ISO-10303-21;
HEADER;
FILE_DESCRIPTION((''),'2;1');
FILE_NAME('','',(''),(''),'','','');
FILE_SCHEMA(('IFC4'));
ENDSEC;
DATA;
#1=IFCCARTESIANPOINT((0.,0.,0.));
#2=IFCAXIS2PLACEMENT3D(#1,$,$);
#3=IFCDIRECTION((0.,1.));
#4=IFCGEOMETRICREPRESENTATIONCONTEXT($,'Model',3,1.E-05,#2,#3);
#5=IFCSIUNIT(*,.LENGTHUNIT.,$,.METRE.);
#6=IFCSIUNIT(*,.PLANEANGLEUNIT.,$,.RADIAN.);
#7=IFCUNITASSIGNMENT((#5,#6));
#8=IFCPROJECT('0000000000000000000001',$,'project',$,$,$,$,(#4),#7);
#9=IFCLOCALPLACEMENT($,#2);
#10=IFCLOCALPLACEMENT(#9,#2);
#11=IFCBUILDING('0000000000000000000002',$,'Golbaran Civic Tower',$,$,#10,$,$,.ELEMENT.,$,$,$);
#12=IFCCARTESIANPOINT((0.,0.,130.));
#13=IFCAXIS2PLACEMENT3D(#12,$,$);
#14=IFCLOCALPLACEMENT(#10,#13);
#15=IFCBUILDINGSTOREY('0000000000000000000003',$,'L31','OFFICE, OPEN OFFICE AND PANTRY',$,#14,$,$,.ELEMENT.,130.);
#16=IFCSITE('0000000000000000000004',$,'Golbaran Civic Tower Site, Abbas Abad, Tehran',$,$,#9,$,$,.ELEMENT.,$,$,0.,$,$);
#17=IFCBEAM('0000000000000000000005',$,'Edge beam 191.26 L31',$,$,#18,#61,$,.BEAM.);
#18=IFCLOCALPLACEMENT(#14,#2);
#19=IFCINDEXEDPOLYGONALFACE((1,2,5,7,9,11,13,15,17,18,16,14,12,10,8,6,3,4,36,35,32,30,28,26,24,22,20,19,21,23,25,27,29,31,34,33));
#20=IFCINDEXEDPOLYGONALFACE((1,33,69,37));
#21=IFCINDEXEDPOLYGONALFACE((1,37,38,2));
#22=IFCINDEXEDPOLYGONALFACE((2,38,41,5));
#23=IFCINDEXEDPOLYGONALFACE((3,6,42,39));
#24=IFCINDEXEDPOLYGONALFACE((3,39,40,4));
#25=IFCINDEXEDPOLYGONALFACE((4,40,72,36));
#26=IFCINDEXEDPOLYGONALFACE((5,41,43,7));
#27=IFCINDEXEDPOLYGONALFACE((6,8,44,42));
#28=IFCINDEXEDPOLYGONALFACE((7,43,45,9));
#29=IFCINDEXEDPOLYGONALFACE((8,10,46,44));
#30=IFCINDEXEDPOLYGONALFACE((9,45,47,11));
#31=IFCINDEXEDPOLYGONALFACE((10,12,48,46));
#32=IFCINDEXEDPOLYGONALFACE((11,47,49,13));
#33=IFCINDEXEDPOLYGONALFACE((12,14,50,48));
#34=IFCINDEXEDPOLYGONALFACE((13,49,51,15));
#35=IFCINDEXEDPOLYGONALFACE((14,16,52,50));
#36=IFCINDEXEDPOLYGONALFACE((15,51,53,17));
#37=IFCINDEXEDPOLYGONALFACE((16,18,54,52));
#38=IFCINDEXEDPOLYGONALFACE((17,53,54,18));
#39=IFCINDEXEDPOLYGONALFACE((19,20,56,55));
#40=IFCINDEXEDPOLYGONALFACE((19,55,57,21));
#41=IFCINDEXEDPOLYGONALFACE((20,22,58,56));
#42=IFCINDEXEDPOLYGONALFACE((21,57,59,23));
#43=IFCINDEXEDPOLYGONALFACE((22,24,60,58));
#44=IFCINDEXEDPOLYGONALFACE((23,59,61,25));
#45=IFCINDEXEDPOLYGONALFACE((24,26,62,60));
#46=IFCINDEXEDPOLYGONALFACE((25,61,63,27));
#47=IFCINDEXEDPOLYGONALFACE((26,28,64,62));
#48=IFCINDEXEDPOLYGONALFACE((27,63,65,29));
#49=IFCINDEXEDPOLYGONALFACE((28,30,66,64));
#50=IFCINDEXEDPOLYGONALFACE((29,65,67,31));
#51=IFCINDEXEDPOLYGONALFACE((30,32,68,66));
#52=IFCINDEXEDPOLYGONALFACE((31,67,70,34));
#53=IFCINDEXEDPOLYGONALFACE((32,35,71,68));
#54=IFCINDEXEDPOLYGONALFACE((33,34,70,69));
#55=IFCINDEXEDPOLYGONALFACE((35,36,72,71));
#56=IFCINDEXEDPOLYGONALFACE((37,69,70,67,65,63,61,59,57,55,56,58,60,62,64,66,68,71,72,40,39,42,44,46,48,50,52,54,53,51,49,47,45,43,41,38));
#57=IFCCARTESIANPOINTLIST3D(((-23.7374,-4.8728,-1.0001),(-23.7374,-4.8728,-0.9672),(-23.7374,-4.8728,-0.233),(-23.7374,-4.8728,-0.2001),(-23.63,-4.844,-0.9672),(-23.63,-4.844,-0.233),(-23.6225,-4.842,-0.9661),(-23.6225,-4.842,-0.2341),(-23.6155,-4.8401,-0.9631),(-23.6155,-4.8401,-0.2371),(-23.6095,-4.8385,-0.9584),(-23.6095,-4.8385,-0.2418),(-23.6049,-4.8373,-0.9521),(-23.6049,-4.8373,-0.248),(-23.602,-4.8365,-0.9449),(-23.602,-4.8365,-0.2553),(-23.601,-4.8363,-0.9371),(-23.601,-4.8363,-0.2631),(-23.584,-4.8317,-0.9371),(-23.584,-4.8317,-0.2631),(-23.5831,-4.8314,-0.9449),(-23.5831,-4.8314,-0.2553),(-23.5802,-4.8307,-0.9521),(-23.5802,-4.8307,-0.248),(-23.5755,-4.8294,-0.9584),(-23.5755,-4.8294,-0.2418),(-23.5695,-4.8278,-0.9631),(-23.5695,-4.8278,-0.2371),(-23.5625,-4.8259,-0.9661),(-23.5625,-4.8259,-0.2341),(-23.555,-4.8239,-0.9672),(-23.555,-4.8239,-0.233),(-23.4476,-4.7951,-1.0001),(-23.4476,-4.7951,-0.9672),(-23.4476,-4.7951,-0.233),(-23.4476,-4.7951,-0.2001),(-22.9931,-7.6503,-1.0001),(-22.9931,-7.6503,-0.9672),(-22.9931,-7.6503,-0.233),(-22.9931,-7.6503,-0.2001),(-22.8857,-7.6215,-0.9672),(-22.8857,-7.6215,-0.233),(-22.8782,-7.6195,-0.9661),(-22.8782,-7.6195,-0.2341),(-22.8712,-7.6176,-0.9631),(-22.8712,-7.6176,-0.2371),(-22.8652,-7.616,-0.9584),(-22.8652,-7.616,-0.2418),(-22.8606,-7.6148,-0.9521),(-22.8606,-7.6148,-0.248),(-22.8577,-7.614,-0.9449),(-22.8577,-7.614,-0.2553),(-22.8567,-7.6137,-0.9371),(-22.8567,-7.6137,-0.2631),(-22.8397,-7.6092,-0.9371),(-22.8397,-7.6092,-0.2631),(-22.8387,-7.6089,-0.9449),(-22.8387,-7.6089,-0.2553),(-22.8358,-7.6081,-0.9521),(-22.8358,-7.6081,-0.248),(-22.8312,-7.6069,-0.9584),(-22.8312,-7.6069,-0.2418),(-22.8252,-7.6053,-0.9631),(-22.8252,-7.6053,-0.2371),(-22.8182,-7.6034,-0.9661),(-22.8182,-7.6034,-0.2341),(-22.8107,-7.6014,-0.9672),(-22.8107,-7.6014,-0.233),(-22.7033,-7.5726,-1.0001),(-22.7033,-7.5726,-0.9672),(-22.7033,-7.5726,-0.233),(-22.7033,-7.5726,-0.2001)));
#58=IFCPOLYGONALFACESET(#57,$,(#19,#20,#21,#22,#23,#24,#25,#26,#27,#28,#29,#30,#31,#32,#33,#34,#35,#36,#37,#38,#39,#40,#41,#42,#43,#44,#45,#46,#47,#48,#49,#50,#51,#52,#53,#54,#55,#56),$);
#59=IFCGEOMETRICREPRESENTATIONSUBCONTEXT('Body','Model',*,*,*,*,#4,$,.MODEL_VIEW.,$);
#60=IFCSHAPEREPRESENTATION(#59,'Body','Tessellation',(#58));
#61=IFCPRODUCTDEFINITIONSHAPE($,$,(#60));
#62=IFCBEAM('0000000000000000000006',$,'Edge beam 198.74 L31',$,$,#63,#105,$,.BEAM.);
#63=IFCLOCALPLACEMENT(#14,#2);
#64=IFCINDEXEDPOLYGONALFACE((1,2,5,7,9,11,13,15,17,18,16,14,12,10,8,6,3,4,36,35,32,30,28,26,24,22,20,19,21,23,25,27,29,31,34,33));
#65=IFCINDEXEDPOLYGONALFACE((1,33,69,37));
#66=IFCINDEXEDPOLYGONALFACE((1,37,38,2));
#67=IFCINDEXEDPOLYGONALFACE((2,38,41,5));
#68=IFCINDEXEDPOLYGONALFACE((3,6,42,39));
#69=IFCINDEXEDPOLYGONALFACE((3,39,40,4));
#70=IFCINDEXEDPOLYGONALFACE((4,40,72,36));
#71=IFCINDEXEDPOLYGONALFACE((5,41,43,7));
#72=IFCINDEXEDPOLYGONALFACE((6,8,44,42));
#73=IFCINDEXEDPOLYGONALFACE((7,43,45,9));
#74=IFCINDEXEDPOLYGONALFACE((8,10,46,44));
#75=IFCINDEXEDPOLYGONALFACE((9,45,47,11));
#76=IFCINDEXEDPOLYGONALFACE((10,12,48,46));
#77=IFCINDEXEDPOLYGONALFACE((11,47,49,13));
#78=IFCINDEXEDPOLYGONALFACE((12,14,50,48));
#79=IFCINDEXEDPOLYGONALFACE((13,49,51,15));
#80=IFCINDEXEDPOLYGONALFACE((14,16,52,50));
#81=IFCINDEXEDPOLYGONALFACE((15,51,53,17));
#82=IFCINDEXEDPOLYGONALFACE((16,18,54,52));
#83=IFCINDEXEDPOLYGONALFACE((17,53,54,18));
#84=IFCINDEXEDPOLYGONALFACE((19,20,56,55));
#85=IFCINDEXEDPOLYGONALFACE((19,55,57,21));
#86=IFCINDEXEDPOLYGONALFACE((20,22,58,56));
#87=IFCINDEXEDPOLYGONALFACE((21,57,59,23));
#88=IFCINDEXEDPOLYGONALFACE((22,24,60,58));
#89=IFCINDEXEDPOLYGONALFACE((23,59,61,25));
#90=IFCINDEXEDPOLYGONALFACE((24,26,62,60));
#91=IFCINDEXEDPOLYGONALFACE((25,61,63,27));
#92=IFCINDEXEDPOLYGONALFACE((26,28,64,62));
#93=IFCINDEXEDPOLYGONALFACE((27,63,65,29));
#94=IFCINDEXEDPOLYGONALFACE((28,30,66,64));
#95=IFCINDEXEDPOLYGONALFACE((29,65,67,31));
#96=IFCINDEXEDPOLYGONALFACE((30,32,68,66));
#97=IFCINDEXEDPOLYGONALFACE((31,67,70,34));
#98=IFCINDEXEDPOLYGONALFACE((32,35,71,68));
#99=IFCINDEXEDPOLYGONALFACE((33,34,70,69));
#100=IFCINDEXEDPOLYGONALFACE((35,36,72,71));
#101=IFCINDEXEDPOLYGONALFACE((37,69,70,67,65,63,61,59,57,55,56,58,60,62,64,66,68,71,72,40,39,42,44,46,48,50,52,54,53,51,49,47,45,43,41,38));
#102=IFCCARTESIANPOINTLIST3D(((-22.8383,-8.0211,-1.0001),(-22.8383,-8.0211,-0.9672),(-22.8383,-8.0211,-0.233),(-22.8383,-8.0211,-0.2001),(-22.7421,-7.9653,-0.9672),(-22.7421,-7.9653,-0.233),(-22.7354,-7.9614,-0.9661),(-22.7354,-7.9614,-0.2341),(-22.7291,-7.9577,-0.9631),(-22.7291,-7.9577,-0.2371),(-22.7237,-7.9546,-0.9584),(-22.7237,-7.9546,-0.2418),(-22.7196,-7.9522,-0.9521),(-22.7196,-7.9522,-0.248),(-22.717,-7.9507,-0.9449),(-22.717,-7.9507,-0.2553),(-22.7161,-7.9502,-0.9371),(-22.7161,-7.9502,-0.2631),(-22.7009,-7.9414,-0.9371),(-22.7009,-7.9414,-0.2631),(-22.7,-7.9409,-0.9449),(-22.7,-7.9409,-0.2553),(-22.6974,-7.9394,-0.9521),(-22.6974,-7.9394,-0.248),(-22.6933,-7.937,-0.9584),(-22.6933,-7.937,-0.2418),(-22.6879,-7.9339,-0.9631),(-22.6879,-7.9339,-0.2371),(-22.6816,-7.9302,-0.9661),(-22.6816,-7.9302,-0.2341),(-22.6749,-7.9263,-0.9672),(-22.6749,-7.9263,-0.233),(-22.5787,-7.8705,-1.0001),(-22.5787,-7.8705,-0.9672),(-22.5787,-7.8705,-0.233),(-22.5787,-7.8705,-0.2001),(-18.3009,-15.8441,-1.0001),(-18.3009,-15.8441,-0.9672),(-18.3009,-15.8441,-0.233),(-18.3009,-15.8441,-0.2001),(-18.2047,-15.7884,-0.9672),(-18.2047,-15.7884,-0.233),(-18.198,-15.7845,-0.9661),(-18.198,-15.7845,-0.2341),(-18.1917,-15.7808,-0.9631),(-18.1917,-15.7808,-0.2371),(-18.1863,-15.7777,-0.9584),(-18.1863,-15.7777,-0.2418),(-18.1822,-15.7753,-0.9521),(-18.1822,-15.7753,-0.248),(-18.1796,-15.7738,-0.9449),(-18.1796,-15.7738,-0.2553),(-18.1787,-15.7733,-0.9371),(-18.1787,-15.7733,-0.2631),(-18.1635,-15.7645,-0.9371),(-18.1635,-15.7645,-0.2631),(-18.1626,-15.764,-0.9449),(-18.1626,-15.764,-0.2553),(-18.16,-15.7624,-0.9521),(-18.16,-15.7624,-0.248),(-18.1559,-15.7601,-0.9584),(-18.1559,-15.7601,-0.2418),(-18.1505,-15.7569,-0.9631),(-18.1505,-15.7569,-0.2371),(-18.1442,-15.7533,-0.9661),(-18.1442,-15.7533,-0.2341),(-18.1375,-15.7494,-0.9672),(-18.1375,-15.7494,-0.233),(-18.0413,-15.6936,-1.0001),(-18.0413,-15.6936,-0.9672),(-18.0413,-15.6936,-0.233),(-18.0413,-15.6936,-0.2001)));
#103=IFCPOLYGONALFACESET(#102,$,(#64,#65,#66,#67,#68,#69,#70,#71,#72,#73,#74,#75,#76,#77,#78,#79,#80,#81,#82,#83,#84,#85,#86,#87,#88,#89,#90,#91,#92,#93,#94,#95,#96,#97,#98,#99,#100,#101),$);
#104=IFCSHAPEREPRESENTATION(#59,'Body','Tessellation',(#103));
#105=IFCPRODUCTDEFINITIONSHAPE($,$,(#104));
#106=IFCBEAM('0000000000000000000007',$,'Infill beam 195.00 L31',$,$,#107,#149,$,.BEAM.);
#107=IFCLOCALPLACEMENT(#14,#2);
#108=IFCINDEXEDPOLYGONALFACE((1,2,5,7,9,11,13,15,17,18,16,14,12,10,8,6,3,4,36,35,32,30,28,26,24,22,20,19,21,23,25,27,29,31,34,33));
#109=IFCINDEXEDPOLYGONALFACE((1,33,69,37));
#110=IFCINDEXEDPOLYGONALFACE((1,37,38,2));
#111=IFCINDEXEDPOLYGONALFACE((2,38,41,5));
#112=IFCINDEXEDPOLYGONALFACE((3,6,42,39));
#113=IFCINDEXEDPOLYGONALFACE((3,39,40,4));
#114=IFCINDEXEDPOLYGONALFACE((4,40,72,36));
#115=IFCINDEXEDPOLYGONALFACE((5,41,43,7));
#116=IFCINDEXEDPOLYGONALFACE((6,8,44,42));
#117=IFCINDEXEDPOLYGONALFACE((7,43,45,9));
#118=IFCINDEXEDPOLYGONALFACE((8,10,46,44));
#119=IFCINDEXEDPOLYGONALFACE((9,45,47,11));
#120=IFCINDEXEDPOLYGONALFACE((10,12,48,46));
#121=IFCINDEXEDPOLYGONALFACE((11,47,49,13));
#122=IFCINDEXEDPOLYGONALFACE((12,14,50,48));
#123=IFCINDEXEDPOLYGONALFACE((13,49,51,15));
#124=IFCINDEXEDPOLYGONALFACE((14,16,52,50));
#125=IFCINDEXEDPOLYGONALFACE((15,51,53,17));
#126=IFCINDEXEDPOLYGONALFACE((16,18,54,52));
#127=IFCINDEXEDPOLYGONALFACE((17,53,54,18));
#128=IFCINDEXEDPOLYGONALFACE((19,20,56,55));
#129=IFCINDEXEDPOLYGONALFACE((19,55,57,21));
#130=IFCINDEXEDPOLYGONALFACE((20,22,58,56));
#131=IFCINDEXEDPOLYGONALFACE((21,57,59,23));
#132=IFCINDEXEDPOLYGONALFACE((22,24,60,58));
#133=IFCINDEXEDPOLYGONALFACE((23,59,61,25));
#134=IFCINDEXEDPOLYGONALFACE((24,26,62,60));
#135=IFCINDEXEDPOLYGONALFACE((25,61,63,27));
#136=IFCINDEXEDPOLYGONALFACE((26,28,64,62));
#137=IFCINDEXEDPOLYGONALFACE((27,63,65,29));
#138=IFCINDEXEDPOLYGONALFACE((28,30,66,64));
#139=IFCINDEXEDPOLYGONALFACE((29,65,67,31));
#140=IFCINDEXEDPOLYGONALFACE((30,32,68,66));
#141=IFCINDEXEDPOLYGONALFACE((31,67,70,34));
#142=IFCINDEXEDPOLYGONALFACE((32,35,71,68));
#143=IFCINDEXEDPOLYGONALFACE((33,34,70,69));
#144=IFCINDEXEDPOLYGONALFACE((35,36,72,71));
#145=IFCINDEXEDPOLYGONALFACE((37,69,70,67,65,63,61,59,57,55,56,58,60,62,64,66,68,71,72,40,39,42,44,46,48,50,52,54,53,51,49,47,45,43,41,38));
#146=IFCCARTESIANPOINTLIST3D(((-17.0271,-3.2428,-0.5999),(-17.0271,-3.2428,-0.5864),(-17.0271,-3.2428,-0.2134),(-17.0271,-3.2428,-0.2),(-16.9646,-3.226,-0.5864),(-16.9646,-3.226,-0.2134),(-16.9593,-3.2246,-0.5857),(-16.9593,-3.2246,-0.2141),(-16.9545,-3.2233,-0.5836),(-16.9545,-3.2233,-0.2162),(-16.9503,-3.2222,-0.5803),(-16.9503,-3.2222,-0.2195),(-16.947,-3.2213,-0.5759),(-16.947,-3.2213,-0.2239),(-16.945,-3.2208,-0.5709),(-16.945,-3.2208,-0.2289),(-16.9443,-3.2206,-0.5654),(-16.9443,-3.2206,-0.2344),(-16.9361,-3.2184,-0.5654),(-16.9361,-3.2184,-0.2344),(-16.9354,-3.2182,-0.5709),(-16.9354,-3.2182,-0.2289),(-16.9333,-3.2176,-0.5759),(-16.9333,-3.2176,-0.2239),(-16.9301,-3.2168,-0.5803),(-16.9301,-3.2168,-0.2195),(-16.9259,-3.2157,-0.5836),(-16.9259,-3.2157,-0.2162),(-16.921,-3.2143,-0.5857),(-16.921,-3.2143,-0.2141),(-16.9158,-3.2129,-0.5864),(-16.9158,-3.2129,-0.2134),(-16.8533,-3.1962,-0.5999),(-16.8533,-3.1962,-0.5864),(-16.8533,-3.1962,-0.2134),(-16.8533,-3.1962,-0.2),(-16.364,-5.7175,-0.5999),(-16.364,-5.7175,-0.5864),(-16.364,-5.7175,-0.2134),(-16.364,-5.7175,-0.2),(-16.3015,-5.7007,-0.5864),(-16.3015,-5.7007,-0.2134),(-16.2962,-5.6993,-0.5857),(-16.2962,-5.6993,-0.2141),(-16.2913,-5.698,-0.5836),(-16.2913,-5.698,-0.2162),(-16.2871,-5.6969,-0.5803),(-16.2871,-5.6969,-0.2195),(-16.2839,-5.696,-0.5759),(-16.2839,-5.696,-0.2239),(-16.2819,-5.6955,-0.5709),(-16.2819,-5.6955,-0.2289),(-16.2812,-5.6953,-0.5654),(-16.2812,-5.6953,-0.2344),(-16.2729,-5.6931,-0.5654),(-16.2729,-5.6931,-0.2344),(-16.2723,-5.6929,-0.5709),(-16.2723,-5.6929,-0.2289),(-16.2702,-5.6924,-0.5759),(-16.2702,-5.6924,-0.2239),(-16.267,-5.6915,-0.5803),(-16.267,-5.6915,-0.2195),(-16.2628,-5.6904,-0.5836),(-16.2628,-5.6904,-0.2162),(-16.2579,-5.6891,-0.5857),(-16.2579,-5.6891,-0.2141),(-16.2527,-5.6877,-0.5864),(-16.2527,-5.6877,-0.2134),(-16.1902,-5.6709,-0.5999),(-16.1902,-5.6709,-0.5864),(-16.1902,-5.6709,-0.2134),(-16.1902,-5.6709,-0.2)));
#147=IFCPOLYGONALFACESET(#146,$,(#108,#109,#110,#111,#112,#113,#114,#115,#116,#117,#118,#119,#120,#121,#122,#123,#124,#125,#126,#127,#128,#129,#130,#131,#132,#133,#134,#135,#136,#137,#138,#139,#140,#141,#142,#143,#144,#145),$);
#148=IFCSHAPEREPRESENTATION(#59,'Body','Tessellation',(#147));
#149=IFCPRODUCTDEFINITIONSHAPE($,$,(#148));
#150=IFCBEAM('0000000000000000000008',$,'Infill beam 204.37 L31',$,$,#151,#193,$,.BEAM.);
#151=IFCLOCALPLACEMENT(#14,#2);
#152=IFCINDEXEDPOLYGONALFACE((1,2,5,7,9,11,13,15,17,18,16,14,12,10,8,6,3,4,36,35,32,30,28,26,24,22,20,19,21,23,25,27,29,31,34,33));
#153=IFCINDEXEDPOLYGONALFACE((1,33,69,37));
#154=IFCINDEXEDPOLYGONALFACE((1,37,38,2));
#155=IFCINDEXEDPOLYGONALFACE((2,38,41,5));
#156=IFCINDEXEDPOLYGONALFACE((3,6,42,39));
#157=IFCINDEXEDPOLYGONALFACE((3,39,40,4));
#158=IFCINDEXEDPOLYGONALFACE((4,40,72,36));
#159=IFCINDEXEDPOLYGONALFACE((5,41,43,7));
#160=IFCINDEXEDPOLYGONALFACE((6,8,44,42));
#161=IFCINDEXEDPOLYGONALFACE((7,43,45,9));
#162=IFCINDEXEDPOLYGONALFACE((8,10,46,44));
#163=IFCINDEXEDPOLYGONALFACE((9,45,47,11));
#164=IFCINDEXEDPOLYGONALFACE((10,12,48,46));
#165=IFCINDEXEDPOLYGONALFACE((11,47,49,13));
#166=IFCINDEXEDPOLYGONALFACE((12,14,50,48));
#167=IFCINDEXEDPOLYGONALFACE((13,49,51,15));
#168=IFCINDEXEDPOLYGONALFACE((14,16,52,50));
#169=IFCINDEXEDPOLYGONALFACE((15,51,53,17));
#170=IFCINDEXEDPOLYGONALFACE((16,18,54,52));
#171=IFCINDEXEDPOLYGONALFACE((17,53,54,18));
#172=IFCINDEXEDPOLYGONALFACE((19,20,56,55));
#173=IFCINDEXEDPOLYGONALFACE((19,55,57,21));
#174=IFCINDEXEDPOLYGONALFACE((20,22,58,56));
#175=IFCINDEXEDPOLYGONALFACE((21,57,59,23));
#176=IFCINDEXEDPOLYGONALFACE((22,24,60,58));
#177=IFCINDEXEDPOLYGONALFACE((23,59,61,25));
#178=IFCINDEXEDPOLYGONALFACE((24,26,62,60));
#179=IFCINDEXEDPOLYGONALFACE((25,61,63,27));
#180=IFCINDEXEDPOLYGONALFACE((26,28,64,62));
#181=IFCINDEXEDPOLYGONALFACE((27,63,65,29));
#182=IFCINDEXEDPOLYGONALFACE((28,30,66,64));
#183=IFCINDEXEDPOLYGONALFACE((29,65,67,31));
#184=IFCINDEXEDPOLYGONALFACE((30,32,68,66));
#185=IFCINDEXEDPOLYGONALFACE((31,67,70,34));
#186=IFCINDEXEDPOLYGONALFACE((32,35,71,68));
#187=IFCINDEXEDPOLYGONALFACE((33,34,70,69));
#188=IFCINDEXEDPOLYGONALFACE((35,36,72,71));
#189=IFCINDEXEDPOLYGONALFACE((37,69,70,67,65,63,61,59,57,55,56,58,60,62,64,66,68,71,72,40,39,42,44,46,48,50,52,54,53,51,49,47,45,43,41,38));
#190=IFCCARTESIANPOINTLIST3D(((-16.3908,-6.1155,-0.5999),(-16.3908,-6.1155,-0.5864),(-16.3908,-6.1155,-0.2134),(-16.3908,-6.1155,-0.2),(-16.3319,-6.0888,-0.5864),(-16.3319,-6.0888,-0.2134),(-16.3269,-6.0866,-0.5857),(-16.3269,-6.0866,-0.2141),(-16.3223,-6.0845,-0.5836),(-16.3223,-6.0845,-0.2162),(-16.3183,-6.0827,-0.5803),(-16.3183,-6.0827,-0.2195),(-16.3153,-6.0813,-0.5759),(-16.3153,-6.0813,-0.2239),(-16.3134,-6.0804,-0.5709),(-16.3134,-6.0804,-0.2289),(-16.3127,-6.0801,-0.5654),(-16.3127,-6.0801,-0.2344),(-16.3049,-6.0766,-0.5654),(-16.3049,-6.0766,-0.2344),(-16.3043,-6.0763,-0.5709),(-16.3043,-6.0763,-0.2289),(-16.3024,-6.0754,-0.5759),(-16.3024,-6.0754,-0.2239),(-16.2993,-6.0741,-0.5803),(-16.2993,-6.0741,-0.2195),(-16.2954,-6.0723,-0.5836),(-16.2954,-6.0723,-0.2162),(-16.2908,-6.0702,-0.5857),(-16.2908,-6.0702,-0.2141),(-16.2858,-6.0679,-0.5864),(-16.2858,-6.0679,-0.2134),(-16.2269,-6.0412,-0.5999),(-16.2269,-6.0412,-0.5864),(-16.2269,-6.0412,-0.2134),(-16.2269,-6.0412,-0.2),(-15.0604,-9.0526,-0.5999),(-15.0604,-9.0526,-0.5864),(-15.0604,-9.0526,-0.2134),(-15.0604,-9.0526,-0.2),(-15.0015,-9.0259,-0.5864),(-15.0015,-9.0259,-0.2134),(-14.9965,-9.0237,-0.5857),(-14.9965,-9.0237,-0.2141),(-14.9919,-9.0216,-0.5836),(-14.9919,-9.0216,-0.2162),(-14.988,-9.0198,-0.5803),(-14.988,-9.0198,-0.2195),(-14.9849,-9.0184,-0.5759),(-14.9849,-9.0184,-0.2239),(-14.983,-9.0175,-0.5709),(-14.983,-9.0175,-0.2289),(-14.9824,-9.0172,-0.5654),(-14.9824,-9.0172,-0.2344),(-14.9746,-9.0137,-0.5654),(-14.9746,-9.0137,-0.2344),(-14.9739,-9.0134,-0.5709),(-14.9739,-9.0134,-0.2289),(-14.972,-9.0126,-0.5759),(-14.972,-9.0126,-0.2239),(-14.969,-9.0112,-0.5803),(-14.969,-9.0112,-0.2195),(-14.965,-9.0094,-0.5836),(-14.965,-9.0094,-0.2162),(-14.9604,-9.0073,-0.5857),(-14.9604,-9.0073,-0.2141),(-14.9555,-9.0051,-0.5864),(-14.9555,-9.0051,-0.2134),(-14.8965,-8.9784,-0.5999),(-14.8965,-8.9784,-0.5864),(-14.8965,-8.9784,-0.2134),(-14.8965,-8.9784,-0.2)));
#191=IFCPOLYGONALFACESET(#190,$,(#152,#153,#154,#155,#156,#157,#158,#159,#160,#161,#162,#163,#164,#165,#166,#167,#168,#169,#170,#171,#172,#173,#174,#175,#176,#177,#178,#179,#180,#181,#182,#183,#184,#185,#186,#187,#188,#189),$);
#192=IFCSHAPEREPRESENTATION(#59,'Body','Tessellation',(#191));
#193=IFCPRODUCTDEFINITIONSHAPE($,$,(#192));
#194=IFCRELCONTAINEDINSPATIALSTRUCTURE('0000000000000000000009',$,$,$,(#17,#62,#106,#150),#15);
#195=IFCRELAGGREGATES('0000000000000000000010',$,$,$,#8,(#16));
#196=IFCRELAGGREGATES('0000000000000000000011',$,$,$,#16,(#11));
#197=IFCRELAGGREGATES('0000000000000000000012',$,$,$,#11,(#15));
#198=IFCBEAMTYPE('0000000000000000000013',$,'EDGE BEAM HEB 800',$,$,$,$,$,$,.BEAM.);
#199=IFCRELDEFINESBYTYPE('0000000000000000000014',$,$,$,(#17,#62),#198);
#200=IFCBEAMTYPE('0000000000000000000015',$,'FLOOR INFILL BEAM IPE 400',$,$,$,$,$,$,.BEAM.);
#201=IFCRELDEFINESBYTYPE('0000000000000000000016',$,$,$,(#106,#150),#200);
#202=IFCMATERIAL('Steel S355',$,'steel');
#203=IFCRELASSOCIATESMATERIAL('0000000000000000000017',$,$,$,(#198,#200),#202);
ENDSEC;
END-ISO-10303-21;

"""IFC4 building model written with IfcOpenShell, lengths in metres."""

from ifc_helpers import new_model, si_unit, direction, frame, origin, origin_2d, place, context, subcontext, project, spatial, i_section, extrude, material, material_profile, profile_set, type_object, element, save


model = new_model("IFC4")

# Units and contexts
model_context = context("Model", 3, precision=1e-05, world=origin(), true_north=direction((0.0, 1.0)))
body_context = subcontext(model_context, "Body", "Model", "MODEL_VIEW")
ifc_project = project(units=[si_unit("LENGTHUNIT", "METRE"), si_unit("PLANEANGLEUNIT", "RADIAN")], contexts=[model_context])

# Site, building, storey
site_placement = place(None, origin())
site = spatial("IfcSite", under=ifc_project, at=site_placement, Name="Golbaran Civic Tower Site, Abbas Abad, Tehran", CompositionType="ELEMENT", RefElevation=0.0)
building_placement = place(site_placement, origin())
building = spatial("IfcBuilding", under=site, at=building_placement, Name="Golbaran Civic Tower", CompositionType="ELEMENT")
storey_placement = place(building_placement, frame((0.0, 0.0, 130.0)))
storey = spatial("IfcBuildingStorey", under=building, at=storey_placement, Name="L31", Description="OFFICE, OPEN OFFICE AND PANTRY", CompositionType="ELEMENT", Elevation=130.0)

# Beams
ifc_material_1 = material(Name="Steel S355", Category="steel")
ifc_material_profile_1 = material_profile(ifc_material_1, i_section(OverallWidth=0.3, OverallDepth=0.8, WebThickness=0.0176, FlangeThickness=0.033, FilletRadius=0.03, at=origin_2d()), Name="HEB 800")
ifc_profile_set_1 = profile_set([ifc_material_profile_1], Name="Steel S355")
beam_type_1 = type_object("IfcBeamType", Name="EDGE BEAM HEB 800", PredefinedType="BEAM", material=ifc_profile_set_1)
beam_1_placement = place(storey_placement, frame((-23.5925, -4.834, -0.6001), z_axis=(0.258862, -0.965914, 0.0), x_axis=(0.965914, 0.258862, 0.0)))
element("IfcBeam", 1, at=beam_1_placement, inside=storey, type_object=beam_type_1, Name="Edge beam 191.26 L31", PredefinedType="BEAM", context=body_context, shape_type="SweptSolid", body=[
    extrude(i_section(OverallWidth=0.3, OverallDepth=0.8, WebThickness=0.0176, FlangeThickness=0.033, FilletRadius=0.03, at=origin_2d()), origin(), (0.0, 0.0, 1.0), 2.8755),
])
beam_2_placement = place(storey_placement, frame((-22.7085, -7.9458, -0.6001), z_axis=(0.501719, -0.86503, 0.0), x_axis=(0.86503, 0.501719, 0.0)))
element("IfcBeam", 2, at=beam_2_placement, inside=storey, type_object=beam_type_1, Name="Edge beam 198.74 L31", PredefinedType="BEAM", context=body_context, shape_type="SweptSolid", body=[
    extrude(i_section(OverallWidth=0.3, OverallDepth=0.8, WebThickness=0.0176, FlangeThickness=0.033, FilletRadius=0.03, at=origin_2d()), origin(), (0.0, 0.0, 1.0), 9.0437),
])
ifc_material_profile_2 = material_profile(ifc_material_1, i_section(OverallWidth=0.1799, OverallDepth=0.3999, WebThickness=0.0085, FlangeThickness=0.0134, FilletRadius=0.021, at=origin_2d()), Name="IPE 400")
ifc_profile_set_2 = profile_set([ifc_material_profile_2], Name="Steel S355")
beam_type_2 = type_object("IfcBeamType", Name="FLOOR INFILL BEAM IPE 400", PredefinedType="BEAM", material=ifc_profile_set_2)
beam_3_placement = place(storey_placement, frame((-16.9402, -3.2195, -0.3999), z_axis=(0.258825, -0.965924, 0.0), x_axis=(0.965924, 0.258825, 0.0)))
element("IfcBeam", 3, at=beam_3_placement, inside=storey, type_object=beam_type_2, Name="Infill beam 195.00 L31", PredefinedType="BEAM", context=body_context, shape_type="SweptSolid", body=[
    extrude(i_section(OverallWidth=0.1799, OverallDepth=0.3999, WebThickness=0.0085, FlangeThickness=0.0134, FilletRadius=0.021, at=origin_2d()), origin(), (0.0, 0.0, 1.0), 2.562),
])
beam_4_placement = place(storey_placement, frame((-16.3088, -6.0784, -0.3999), z_axis=(0.412599, -0.910913, 0.0), x_axis=(0.910913, 0.412599, 0.0)))
element("IfcBeam", 4, at=beam_4_placement, inside=storey, type_object=beam_type_2, Name="Infill beam 204.37 L31", PredefinedType="BEAM", context=body_context, shape_type="SweptSolid", body=[
    extrude(i_section(OverallWidth=0.1799, OverallDepth=0.3999, WebThickness=0.0085, FlangeThickness=0.0134, FilletRadius=0.021, at=origin_2d()), origin(), (0.0, 0.0, 1.0), 3.2244),
])

save(model, "model.ifc")
